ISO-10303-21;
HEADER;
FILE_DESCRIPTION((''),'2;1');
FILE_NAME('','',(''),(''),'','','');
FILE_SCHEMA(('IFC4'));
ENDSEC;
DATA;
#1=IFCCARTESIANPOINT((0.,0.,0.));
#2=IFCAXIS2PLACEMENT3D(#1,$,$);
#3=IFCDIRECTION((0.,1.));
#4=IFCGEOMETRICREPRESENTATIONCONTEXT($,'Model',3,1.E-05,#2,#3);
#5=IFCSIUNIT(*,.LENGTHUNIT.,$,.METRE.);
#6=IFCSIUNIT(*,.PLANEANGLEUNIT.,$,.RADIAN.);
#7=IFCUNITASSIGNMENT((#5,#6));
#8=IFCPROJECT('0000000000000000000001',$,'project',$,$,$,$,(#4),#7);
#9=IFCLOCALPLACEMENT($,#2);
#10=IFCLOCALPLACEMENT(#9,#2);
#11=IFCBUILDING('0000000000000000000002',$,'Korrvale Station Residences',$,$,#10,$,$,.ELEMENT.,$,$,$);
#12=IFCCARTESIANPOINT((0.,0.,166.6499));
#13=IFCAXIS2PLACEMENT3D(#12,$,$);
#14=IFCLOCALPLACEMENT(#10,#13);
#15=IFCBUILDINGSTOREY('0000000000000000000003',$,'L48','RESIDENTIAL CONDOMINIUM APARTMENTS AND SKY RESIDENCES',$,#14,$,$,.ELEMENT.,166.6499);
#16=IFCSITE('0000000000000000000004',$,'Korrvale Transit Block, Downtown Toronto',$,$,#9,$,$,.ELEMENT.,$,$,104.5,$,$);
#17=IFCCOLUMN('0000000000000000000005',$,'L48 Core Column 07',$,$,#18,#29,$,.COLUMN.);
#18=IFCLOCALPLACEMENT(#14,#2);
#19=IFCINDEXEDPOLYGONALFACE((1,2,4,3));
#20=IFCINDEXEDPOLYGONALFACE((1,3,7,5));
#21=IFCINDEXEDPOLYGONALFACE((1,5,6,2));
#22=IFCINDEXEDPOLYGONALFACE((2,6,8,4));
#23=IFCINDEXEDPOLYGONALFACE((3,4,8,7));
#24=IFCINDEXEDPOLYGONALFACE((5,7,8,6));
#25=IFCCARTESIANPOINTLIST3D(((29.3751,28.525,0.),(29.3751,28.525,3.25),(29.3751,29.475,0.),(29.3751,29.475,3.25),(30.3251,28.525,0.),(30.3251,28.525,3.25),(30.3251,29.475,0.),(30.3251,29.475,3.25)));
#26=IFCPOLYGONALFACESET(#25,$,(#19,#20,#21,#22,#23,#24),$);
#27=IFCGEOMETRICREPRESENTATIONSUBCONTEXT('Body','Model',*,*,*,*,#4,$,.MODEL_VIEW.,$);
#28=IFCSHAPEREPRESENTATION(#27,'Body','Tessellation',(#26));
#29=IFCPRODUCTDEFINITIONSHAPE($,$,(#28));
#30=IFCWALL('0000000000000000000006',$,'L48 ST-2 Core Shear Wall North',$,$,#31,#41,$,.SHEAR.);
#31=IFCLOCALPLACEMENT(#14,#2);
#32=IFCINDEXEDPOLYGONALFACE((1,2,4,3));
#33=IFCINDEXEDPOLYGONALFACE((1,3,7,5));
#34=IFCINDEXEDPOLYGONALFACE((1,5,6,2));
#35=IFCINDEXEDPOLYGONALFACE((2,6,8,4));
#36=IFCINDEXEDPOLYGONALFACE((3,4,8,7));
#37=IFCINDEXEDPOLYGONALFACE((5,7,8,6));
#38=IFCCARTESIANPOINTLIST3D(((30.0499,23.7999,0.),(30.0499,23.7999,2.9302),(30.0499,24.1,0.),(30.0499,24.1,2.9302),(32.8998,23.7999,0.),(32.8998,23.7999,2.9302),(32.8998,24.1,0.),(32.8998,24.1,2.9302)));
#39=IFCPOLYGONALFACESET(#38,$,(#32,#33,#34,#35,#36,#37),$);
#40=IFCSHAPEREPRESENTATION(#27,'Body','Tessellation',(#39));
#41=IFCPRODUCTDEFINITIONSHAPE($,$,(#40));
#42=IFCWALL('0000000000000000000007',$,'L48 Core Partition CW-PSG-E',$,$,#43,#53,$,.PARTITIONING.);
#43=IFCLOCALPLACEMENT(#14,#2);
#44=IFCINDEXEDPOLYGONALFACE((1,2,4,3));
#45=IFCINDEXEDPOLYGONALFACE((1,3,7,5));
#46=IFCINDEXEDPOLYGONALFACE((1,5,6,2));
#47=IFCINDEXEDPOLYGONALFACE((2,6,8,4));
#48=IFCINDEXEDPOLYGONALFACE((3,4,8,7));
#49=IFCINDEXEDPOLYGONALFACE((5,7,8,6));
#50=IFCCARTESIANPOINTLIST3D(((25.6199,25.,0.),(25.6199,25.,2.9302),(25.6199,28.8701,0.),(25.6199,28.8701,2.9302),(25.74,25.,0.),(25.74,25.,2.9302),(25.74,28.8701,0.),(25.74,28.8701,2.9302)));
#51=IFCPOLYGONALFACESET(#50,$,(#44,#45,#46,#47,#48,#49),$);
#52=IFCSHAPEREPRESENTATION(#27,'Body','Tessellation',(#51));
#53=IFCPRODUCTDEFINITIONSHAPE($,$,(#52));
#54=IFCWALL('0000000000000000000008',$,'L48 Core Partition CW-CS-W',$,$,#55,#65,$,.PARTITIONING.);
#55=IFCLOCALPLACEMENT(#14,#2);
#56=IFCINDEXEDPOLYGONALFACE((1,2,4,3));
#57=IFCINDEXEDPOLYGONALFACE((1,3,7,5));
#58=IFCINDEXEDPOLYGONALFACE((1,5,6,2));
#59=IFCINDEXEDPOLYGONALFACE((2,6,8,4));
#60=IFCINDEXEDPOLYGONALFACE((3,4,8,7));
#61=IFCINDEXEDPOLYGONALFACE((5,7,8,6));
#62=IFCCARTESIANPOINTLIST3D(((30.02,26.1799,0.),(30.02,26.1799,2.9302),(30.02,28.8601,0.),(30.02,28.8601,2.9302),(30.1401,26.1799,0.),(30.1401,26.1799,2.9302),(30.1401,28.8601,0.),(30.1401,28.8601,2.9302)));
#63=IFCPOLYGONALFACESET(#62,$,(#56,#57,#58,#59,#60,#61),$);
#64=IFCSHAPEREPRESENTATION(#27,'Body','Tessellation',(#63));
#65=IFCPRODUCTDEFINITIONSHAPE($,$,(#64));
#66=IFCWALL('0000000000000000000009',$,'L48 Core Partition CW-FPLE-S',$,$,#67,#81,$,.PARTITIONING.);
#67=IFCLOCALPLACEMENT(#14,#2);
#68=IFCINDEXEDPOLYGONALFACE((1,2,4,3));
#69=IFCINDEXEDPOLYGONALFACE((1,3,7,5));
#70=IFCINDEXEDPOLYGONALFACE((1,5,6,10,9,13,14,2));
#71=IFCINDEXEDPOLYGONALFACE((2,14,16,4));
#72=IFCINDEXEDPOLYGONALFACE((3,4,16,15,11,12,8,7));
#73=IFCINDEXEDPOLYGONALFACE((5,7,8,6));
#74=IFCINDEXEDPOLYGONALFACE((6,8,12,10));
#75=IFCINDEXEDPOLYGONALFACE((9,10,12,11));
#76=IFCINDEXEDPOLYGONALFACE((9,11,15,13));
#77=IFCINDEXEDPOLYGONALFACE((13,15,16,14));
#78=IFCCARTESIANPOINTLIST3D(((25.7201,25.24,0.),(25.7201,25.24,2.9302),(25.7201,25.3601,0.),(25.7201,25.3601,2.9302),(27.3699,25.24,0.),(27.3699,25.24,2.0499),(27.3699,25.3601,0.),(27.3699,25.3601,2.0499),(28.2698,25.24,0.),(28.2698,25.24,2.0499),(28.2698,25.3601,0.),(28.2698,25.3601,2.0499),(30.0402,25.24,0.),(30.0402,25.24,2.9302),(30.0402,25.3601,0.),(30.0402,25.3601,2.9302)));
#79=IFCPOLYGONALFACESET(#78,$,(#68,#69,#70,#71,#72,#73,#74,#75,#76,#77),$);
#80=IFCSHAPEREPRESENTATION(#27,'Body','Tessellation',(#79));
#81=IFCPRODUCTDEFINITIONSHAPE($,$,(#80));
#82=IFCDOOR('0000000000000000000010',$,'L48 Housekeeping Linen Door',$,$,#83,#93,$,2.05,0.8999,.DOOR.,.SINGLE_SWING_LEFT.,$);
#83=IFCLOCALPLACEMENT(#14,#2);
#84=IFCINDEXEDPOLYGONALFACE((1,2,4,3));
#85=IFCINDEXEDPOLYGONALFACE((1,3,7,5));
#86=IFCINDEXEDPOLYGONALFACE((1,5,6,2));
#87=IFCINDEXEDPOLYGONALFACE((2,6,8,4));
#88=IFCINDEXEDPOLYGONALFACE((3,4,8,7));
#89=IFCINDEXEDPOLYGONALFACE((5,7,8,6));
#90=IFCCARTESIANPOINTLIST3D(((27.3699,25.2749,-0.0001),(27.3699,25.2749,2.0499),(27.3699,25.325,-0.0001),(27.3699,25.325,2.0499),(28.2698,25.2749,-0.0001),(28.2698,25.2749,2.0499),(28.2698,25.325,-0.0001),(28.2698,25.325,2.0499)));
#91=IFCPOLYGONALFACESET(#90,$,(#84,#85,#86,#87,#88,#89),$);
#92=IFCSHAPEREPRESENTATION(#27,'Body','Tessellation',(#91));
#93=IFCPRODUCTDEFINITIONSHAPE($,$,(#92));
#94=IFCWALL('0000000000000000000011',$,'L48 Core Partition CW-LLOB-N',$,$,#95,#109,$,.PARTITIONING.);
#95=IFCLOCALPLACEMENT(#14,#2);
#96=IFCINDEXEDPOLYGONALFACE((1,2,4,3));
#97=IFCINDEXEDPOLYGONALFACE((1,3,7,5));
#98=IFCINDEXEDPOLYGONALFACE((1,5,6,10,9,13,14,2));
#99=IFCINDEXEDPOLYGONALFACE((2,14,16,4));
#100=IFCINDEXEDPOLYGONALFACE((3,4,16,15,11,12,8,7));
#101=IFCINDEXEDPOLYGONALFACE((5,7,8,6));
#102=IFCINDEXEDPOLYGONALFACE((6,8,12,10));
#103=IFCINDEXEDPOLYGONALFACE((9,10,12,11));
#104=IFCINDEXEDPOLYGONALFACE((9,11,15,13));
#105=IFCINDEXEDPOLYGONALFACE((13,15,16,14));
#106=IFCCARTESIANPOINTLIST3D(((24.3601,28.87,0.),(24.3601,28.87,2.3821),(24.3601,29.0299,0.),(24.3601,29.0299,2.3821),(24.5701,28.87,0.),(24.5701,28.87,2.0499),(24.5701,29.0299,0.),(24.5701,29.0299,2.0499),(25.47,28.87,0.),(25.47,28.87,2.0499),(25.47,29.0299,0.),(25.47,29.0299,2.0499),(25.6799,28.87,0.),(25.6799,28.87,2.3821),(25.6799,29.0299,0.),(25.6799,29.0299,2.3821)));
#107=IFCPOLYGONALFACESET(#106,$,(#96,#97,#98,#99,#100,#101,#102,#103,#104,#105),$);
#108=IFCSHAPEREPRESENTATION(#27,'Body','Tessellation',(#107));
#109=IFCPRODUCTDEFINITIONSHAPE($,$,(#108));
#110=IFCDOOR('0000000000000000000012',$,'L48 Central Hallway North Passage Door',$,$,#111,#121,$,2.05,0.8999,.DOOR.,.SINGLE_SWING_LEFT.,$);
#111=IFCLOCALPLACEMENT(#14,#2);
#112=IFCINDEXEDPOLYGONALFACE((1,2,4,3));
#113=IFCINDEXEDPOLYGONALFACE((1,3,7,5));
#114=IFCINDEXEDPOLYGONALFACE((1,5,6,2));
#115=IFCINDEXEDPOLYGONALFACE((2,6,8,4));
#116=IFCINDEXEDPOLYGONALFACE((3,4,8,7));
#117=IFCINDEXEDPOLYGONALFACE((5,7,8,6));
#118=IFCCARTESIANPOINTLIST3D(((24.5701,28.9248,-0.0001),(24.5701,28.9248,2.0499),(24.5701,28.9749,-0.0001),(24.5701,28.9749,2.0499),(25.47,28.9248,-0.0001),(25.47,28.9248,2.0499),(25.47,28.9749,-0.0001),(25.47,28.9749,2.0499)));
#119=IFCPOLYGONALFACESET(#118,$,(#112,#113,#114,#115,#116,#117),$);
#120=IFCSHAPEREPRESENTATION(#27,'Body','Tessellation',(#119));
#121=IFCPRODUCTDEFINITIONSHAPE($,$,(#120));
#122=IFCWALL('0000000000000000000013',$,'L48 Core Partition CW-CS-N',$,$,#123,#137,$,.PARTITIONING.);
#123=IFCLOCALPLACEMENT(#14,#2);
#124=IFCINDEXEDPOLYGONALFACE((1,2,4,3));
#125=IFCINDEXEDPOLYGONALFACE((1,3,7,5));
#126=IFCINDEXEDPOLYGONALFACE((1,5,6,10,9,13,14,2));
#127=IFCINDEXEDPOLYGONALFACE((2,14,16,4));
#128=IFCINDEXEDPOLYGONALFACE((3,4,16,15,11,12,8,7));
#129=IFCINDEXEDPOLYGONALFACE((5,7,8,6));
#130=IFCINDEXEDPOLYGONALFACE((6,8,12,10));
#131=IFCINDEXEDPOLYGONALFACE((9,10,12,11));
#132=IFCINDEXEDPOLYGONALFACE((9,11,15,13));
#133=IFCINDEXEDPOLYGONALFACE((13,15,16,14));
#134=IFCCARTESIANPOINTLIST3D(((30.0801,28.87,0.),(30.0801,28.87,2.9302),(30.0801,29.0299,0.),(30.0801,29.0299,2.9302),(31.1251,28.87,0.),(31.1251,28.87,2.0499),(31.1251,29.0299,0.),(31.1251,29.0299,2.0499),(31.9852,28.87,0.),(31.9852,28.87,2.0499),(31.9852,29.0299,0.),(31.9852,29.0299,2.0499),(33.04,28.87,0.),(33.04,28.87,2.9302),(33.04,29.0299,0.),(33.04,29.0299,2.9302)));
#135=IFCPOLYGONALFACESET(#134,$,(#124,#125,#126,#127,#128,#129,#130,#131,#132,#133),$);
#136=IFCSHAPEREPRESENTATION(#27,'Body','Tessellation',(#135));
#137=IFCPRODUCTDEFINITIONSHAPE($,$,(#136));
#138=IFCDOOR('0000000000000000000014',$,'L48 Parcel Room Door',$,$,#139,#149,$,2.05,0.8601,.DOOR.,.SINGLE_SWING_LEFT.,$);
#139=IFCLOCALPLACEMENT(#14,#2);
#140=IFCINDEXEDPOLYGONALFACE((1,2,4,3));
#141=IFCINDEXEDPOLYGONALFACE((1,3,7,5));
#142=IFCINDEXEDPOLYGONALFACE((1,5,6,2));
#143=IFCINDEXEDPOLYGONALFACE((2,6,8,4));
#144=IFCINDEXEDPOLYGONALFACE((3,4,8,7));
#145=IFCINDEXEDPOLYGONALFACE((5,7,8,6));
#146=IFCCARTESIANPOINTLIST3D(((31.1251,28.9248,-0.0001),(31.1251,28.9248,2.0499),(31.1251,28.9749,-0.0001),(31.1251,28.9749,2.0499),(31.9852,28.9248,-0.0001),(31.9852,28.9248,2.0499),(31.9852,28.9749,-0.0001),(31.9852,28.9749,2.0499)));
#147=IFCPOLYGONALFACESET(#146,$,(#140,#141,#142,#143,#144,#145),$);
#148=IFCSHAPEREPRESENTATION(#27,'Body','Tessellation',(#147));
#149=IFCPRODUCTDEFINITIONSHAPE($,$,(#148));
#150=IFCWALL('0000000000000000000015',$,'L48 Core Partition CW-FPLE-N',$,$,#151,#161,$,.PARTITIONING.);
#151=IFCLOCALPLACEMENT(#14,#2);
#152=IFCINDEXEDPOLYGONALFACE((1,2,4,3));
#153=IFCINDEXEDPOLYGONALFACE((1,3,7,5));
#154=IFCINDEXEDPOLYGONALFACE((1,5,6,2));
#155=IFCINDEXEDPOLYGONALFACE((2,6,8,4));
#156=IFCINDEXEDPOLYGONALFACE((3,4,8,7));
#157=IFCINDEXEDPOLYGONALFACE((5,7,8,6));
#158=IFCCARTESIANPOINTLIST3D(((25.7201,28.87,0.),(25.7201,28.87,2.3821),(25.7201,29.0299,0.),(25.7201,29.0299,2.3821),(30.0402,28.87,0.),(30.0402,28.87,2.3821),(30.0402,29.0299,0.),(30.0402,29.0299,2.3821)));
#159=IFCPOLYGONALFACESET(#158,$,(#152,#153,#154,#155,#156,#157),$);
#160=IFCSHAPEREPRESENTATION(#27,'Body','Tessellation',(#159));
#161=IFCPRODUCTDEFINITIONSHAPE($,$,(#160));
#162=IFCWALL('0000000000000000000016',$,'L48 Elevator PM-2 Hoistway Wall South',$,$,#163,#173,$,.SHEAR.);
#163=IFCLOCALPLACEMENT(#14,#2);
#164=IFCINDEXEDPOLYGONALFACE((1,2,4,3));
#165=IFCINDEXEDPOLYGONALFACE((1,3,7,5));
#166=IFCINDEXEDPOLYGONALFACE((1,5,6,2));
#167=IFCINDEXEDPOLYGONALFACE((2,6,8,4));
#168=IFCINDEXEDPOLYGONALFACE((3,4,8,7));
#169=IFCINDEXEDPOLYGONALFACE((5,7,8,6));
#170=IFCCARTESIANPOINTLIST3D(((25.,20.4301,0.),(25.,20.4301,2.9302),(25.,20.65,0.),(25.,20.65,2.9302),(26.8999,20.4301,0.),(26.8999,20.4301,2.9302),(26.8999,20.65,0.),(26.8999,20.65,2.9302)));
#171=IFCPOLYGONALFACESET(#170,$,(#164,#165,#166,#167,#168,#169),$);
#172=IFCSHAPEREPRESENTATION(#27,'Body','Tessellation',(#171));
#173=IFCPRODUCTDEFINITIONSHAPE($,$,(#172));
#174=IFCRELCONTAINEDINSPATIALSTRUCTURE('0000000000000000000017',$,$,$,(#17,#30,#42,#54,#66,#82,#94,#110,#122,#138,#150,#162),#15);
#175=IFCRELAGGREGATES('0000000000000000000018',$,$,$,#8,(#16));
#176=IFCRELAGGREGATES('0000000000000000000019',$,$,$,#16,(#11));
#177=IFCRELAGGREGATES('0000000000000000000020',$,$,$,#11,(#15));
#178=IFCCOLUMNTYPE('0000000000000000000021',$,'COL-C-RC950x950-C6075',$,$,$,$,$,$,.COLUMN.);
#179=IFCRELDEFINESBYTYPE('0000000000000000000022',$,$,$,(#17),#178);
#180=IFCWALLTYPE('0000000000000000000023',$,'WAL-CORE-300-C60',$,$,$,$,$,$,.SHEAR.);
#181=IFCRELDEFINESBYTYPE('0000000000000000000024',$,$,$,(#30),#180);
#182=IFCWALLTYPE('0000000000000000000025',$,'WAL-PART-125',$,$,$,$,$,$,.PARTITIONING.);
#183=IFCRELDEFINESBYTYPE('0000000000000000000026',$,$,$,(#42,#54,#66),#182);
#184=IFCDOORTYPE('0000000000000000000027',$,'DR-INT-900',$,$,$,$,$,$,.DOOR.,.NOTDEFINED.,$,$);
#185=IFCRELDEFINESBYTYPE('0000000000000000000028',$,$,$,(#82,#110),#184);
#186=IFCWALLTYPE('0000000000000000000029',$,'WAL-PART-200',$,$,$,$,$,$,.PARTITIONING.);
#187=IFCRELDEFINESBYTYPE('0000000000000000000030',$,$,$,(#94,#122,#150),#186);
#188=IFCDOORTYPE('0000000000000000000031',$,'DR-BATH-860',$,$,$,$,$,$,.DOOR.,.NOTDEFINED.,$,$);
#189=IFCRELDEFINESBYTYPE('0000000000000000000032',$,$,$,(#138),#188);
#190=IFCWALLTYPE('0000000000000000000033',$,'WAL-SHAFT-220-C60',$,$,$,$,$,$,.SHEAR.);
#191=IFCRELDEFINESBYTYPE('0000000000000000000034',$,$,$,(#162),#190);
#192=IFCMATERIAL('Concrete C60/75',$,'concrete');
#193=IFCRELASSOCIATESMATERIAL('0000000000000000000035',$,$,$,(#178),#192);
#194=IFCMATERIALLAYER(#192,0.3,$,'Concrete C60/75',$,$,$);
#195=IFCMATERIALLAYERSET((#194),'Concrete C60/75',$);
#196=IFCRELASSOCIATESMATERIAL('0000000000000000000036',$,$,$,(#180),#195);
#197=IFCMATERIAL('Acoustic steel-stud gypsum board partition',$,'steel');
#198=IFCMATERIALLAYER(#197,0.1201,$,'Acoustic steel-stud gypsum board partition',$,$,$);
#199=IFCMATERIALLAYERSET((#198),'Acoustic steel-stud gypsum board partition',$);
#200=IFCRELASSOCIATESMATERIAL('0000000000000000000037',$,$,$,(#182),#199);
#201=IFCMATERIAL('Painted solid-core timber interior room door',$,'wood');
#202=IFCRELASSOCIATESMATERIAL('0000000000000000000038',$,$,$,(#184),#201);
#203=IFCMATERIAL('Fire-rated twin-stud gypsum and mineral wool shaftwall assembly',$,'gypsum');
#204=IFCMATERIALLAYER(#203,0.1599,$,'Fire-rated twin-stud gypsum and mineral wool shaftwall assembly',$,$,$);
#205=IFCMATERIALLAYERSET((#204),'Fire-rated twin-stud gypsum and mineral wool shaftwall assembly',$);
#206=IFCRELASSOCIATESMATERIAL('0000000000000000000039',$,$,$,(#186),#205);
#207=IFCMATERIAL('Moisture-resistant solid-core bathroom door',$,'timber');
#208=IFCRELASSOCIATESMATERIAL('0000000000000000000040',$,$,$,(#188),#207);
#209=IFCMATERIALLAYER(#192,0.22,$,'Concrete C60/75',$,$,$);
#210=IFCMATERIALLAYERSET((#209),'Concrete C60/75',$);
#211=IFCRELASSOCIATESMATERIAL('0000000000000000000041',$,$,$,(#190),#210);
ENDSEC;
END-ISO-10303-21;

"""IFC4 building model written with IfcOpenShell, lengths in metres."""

from ifc_helpers import new_model, si_unit, direction, frame, frame_2d, origin, origin_2d, place, context, subcontext, project, spatial, rectangle, extrude, material, layer, layer_set, material_profile, profile_set, type_object, element, fill, save


model = new_model("IFC4")

# Units and contexts
model_context = context("Model", 3, precision=1e-05, world=origin(), true_north=direction((0.0, 1.0)))
body_context = subcontext(model_context, "Body", "Model", "MODEL_VIEW")
ifc_project = project(units=[si_unit("LENGTHUNIT", "METRE"), si_unit("PLANEANGLEUNIT", "RADIAN")], contexts=[model_context])

# Site, building, storey
site_placement = place(None, origin())
site = spatial("IfcSite", under=ifc_project, at=site_placement, Name="Korrvale Transit Block, Downtown Toronto", CompositionType="ELEMENT", RefElevation=104.5)
building_placement = place(site_placement, origin())
building = spatial("IfcBuilding", under=site, at=building_placement, Name="Korrvale Station Residences", CompositionType="ELEMENT")
storey_placement = place(building_placement, frame((0.0, 0.0, 166.6499)))
storey = spatial("IfcBuildingStorey", under=building, at=storey_placement, Name="L48", Description="RESIDENTIAL CONDOMINIUM APARTMENTS AND SKY RESIDENCES", CompositionType="ELEMENT", Elevation=166.6499)

# Column
ifc_material_1 = material(Name="Concrete C60/75", Category="concrete")
ifc_material_profile = material_profile(ifc_material_1, rectangle(XDim=0.95, YDim=0.95, at=origin_2d()), Name="RC950x950")
ifc_profile_set = profile_set([ifc_material_profile], Name="Concrete C60/75")
column_type = type_object("IfcColumnType", Name="COL-C-RC950x950-C6075", PredefinedType="COLUMN", material=ifc_profile_set)
column_placement = place(storey_placement, frame((29.8501, 29.0, 0.0), z_axis=(0.0, 0.0, 1.0), x_axis=(1.0, 0.0, 0.0)))
element("IfcColumn", 1, at=column_placement, inside=storey, type_object=column_type, Name="L48 Core Column 07", PredefinedType="COLUMN", context=body_context, shape_type="SweptSolid", body=[
    extrude(rectangle(XDim=0.95, YDim=0.95, at=origin_2d()), origin(), (0.0, 0.0, 1.0), 3.25),
])

# Walls
ifc_layer_1 = layer(ifc_material_1, 0.3, Name="Concrete C60/75")
ifc_layer_set_1 = layer_set([ifc_layer_1], Name="Concrete C60/75")
wall_type_1 = type_object("IfcWallType", Name="WAL-CORE-300-C60", PredefinedType="SHEAR", material=ifc_layer_set_1)
wall_1_placement = place(storey_placement, frame((30.05, 23.95, 0.0), z_axis=(0.0, 0.0, 1.0), x_axis=(1.0, 0.0, 0.0)))
element("IfcWall", 2, at=wall_1_placement, inside=storey, type_object=wall_type_1, Name="L48 ST-2 Core Shear Wall North", PredefinedType="SHEAR", context=body_context, shape_type="SweptSolid", body=[
    extrude(rectangle(XDim=2.8499, YDim=0.3, at=frame_2d((1.4248, 0.0))), origin(), (0.0, 0.0, 1.0), 2.9302),
])
ifc_material_2 = material(Name="Acoustic steel-stud gypsum board partition", Category="steel")
ifc_layer_2 = layer(ifc_material_2, 0.1201, Name="Acoustic steel-stud gypsum board partition")
ifc_layer_set_2 = layer_set([ifc_layer_2], Name="Acoustic steel-stud gypsum board partition")
wall_type_2 = type_object("IfcWallType", Name="WAL-PART-125", PredefinedType="PARTITIONING", material=ifc_layer_set_2)
wall_2_placement = place(storey_placement, frame((25.6799, 25.0, 0.0), z_axis=(0.0, 0.0, 1.0), x_axis=(0.0, 1.0, 0.0)))
element("IfcWall", 3, at=wall_2_placement, inside=storey, type_object=wall_type_2, Name="L48 Core Partition CW-PSG-E", PredefinedType="PARTITIONING", context=body_context, shape_type="SweptSolid", body=[
    extrude(rectangle(XDim=3.8701, YDim=0.1201, at=frame_2d((1.9351, 0.0))), origin(), (0.0, 0.0, 1.0), 2.9302),
])
wall_3_placement = place(storey_placement, frame((30.0801, 26.1799, 0.0), z_axis=(0.0, 0.0, 1.0), x_axis=(0.0, 1.0, 0.0)))
element("IfcWall", 4, at=wall_3_placement, inside=storey, type_object=wall_type_2, Name="L48 Core Partition CW-CS-W", PredefinedType="PARTITIONING", context=body_context, shape_type="SweptSolid", body=[
    extrude(rectangle(XDim=2.6802, YDim=0.1201, at=frame_2d((1.3401, 0.0))), origin(), (0.0, 0.0, 1.0), 2.9302),
])

# Walls, openings, doors
wall_4_placement = place(storey_placement, frame((25.72, 25.3, 0.0), z_axis=(0.0, 0.0, 1.0), x_axis=(1.0, 0.0, 0.0)))
wall_4 = element("IfcWall", 5, at=wall_4_placement, inside=storey, type_object=wall_type_2, Name="L48 Core Partition CW-FPLE-S", PredefinedType="PARTITIONING", context=body_context, shape_type="SweptSolid", body=[
    extrude(rectangle(XDim=4.3201, YDim=0.1201, at=frame_2d((2.1602, 0.0))), origin(), (0.0, 0.0, 1.0), 2.9302),
])
opening_1_placement = place(wall_4_placement, frame((1.6499, 0.0, 0.0)))
opening_1 = element("IfcOpeningElement", 6, at=opening_1_placement, cuts=wall_4, PredefinedType="OPENING", context=body_context, shape_type="SweptSolid", body=[
    extrude(rectangle(XDim=0.8999, YDim=2.05, at=frame_2d((0.45, 1.0249))), frame((0.0, 0.0701, 0.0), z_axis=(0.0, -1.0, 0.0), x_axis=(1.0, 0.0, 0.0)), (0.0, 0.0, 1.0), 0.1401),
])
ifc_material_3 = material(Name="Painted solid-core timber interior room door", Category="wood")
door_type_1 = type_object("IfcDoorType", Name="DR-INT-900", OperationType="NOTDEFINED", PredefinedType="DOOR", material=ifc_material_3)
door_1_placement = place(opening_1_placement, origin())
door_1 = element("IfcDoor", 7, at=door_1_placement, inside=storey, type_object=door_type_1, Name="L48 Housekeeping Linen Door", OperationType="SINGLE_SWING_LEFT", OverallHeight=2.05, OverallWidth=0.8999, PredefinedType="DOOR", context=body_context, shape_type="SweptSolid", body=[
    extrude(rectangle(XDim=0.8999, YDim=2.05, at=frame_2d((0.45, 1.0249))), frame((0.0, 0.0249, 0.0), z_axis=(0.0, -1.0, 0.0), x_axis=(1.0, 0.0, 0.0)), (0.0, 0.0, 1.0), 0.05),
])
fill(opening_1, door_1)
ifc_material_4 = material(Name="Fire-rated twin-stud gypsum and mineral wool shaftwall assembly", Category="gypsum")
ifc_layer_3 = layer(ifc_material_4, 0.1599, Name="Fire-rated twin-stud gypsum and mineral wool shaftwall assembly")
ifc_layer_set_3 = layer_set([ifc_layer_3], Name="Fire-rated twin-stud gypsum and mineral wool shaftwall assembly")
wall_type_3 = type_object("IfcWallType", Name="WAL-PART-200", PredefinedType="PARTITIONING", material=ifc_layer_set_3)
wall_5_placement = place(storey_placement, frame((24.3601, 28.95, 0.0), z_axis=(0.0, 0.0, 1.0), x_axis=(1.0, 0.0, 0.0)))
wall_5 = element("IfcWall", 8, at=wall_5_placement, inside=storey, type_object=wall_type_3, Name="L48 Core Partition CW-LLOB-N", PredefinedType="PARTITIONING", context=body_context, shape_type="SweptSolid", body=[
    extrude(rectangle(XDim=1.3198, YDim=0.1599, at=frame_2d((0.6599, 0.0))), origin(), (0.0, 0.0, 1.0), 2.3821),
])
opening_2_placement = place(wall_5_placement, frame((0.21, 0.0, 0.0)))
opening_2 = element("IfcOpeningElement", 9, at=opening_2_placement, cuts=wall_5, PredefinedType="OPENING", context=body_context, shape_type="SweptSolid", body=[
    extrude(rectangle(XDim=0.8999, YDim=2.05, at=frame_2d((0.45, 1.0249))), frame((0.0, 0.0898, 0.0), z_axis=(0.0, -1.0, 0.0), x_axis=(1.0, 0.0, 0.0)), (0.0, 0.0, 1.0), 0.1799),
])
door_2_placement = place(opening_2_placement, origin())
door_2 = element("IfcDoor", 10, at=door_2_placement, inside=storey, type_object=door_type_1, Name="L48 Central Hallway North Passage Door", OperationType="SINGLE_SWING_LEFT", OverallHeight=2.05, OverallWidth=0.8999, PredefinedType="DOOR", context=body_context, shape_type="SweptSolid", body=[
    extrude(rectangle(XDim=0.8999, YDim=2.05, at=frame_2d((0.45, 1.0249))), frame((0.0, 0.0249, 0.0), z_axis=(0.0, -1.0, 0.0), x_axis=(1.0, 0.0, 0.0)), (0.0, 0.0, 1.0), 0.05),
])
fill(opening_2, door_2)
wall_6_placement = place(storey_placement, frame((30.0801, 28.95, 0.0), z_axis=(0.0, 0.0, 1.0), x_axis=(1.0, 0.0, 0.0)))
wall_6 = element("IfcWall", 11, at=wall_6_placement, inside=storey, type_object=wall_type_3, Name="L48 Core Partition CW-CS-N", PredefinedType="PARTITIONING", context=body_context, shape_type="SweptSolid", body=[
    extrude(rectangle(XDim=2.96, YDim=0.1599, at=frame_2d((1.48, 0.0))), origin(), (0.0, 0.0, 1.0), 2.9302),
])
opening_3_placement = place(wall_6_placement, frame((1.0449, 0.0, 0.0)))
opening_3 = element("IfcOpeningElement", 12, at=opening_3_placement, cuts=wall_6, PredefinedType="OPENING", context=body_context, shape_type="SweptSolid", body=[
    extrude(rectangle(XDim=0.8601, YDim=2.05, at=frame_2d((0.4302, 1.0249))), frame((0.0, 0.0898, 0.0), z_axis=(0.0, -1.0, 0.0), x_axis=(1.0, 0.0, 0.0)), (0.0, 0.0, 1.0), 0.1799),
])
ifc_material_5 = material(Name="Moisture-resistant solid-core bathroom door", Category="timber")
door_type_2 = type_object("IfcDoorType", Name="DR-BATH-860", OperationType="NOTDEFINED", PredefinedType="DOOR", material=ifc_material_5)
door_3_placement = place(opening_3_placement, origin())
door_3 = element("IfcDoor", 13, at=door_3_placement, inside=storey, type_object=door_type_2, Name="L48 Parcel Room Door", OperationType="SINGLE_SWING_LEFT", OverallHeight=2.05, OverallWidth=0.8601, PredefinedType="DOOR", context=body_context, shape_type="SweptSolid", body=[
    extrude(rectangle(XDim=0.8601, YDim=2.05, at=frame_2d((0.4302, 1.0249))), frame((0.0, 0.0249, 0.0), z_axis=(0.0, -1.0, 0.0), x_axis=(1.0, 0.0, 0.0)), (0.0, 0.0, 1.0), 0.05),
])
fill(opening_3, door_3)

# Walls
wall_7_placement = place(storey_placement, frame((25.72, 28.95, 0.0), z_axis=(0.0, 0.0, 1.0), x_axis=(1.0, 0.0, 0.0)))
element("IfcWall", 14, at=wall_7_placement, inside=storey, type_object=wall_type_3, Name="L48 Core Partition CW-FPLE-N", PredefinedType="PARTITIONING", context=body_context, shape_type="SweptSolid", body=[
    extrude(rectangle(XDim=4.3201, YDim=0.1599, at=frame_2d((2.1602, 0.0))), origin(), (0.0, 0.0, 1.0), 2.3821),
])
ifc_layer_4 = layer(ifc_material_1, 0.22, Name="Concrete C60/75")
ifc_layer_set_4 = layer_set([ifc_layer_4], Name="Concrete C60/75")
wall_type_4 = type_object("IfcWallType", Name="WAL-SHAFT-220-C60", PredefinedType="SHEAR", material=ifc_layer_set_4)
wall_8_placement = place(storey_placement, frame((25.0, 20.54, 0.0), z_axis=(0.0, 0.0, 1.0), x_axis=(1.0, 0.0, 0.0)))
element("IfcWall", 15, at=wall_8_placement, inside=storey, type_object=wall_type_4, Name="L48 Elevator PM-2 Hoistway Wall South", PredefinedType="SHEAR", context=body_context, shape_type="SweptSolid", body=[
    extrude(rectangle(XDim=1.8999, YDim=0.22, at=frame_2d((0.95, 0.0))), origin(), (0.0, 0.0, 1.0), 2.9302),
])

save(model, "model.ifc")
